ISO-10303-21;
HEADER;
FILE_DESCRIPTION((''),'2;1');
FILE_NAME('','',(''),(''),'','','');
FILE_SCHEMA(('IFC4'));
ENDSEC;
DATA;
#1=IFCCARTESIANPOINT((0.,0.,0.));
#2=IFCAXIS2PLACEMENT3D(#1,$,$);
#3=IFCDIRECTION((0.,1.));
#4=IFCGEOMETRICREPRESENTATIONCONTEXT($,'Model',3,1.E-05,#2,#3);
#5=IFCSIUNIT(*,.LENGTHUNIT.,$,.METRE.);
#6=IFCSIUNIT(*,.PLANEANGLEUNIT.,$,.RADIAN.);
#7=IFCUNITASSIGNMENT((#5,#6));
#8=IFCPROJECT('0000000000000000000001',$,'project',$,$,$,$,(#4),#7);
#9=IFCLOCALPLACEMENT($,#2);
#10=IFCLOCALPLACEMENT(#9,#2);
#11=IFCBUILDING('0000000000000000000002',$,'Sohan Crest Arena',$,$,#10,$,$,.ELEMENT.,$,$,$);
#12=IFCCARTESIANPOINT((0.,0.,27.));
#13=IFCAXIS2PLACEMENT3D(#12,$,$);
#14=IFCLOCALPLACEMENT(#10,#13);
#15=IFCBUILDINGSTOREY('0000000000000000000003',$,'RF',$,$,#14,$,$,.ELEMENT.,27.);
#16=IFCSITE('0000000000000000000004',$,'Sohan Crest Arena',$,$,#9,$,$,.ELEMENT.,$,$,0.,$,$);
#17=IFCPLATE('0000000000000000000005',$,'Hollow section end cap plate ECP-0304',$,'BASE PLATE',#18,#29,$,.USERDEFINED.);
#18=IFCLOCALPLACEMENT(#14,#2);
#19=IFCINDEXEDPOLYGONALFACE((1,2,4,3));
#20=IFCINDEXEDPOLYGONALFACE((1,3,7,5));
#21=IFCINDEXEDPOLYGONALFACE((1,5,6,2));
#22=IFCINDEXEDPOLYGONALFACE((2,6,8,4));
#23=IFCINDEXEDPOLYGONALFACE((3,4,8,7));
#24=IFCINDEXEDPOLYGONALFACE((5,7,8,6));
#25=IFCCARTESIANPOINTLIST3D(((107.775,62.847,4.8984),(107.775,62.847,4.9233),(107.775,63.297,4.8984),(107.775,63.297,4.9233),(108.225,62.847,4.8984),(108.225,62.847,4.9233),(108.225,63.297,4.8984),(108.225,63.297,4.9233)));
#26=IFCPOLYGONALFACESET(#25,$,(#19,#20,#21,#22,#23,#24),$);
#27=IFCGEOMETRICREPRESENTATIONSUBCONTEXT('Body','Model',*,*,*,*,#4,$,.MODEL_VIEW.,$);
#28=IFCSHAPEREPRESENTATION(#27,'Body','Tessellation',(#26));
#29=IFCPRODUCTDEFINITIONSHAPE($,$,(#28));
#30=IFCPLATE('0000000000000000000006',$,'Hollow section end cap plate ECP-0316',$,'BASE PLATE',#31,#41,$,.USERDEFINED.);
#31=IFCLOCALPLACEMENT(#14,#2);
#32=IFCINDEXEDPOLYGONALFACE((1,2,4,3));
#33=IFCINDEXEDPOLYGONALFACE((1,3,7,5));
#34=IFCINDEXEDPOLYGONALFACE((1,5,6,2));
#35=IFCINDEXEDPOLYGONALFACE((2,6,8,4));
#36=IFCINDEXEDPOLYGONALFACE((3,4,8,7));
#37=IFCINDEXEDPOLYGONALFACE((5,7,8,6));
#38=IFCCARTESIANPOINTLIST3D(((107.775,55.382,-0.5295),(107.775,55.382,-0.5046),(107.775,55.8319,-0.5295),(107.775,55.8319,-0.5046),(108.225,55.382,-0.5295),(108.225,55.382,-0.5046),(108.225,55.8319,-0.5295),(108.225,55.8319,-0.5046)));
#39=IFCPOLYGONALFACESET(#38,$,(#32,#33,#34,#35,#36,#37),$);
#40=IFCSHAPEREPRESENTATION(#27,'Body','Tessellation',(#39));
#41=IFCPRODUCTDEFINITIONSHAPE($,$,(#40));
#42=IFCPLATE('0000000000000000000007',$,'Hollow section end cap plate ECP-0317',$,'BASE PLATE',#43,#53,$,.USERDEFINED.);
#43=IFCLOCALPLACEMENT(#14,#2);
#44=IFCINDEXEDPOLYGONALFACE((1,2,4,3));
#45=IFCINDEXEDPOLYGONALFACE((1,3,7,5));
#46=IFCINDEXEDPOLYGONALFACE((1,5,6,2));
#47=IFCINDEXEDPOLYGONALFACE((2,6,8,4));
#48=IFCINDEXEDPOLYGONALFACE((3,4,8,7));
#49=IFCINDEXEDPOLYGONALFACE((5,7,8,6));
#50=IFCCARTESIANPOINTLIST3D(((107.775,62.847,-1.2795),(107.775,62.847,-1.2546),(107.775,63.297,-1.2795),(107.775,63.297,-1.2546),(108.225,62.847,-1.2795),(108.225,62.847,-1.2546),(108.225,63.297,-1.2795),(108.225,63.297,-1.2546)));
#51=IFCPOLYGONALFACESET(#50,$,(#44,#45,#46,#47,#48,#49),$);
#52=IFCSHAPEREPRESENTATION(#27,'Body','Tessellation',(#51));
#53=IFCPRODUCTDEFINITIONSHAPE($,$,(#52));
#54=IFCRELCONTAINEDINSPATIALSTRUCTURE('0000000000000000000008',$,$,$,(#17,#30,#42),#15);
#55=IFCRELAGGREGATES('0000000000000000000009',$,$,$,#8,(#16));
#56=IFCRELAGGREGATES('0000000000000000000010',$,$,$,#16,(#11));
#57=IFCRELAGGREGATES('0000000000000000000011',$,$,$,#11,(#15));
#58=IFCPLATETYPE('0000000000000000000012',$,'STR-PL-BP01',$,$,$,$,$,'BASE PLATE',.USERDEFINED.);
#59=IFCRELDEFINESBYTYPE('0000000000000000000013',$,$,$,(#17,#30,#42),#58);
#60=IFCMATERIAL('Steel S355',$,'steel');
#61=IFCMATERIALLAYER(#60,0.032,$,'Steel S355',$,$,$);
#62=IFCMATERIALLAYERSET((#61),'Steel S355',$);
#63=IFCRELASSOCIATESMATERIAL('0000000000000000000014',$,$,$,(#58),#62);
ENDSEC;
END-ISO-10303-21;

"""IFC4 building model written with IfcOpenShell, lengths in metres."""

from ifc_helpers import new_model, si_unit, direction, frame, origin, origin_2d, place, context, subcontext, project, spatial, rectangle, extrude, material, layer, layer_set, type_object, element, save


model = new_model("IFC4")

# Units and contexts
model_context = context("Model", 3, precision=1e-05, world=origin(), true_north=direction((0.0, 1.0)))
body_context = subcontext(model_context, "Body", "Model", "MODEL_VIEW")
ifc_project = project(units=[si_unit("LENGTHUNIT", "METRE"), si_unit("PLANEANGLEUNIT", "RADIAN")], contexts=[model_context])

# Site, building, storey
site_placement = place(None, origin())
site = spatial("IfcSite", under=ifc_project, at=site_placement, Name="Sohan Crest Arena", CompositionType="ELEMENT", RefElevation=0.0)
building_placement = place(site_placement, origin())
building = spatial("IfcBuilding", under=site, at=building_placement, Name="Sohan Crest Arena", CompositionType="ELEMENT")
storey_placement = place(building_placement, frame((0.0, 0.0, 27.0)))
storey = spatial("IfcBuildingStorey", under=building, at=storey_placement, Name="RF", CompositionType="ELEMENT", Elevation=27.0)

# Shared definitions
ifc_material_1 = material(Name="Steel S355", Category="steel")

# Plates
ifc_layer = layer(ifc_material_1, 0.032, Name="Steel S355")
ifc_layer_set = layer_set([ifc_layer], Name="Steel S355")
plate_type = type_object("IfcPlateType", Name="STR-PL-BP01", ElementType="BASE PLATE", PredefinedType="USERDEFINED", material=ifc_layer_set)
for number, where, z_axis, x_axis, name in (
    (1, (108.0, 63.072, 4.8984), (0.0, 0.0, 1.0), (1.0, 0.0, 0.0), "Hollow section end cap plate ECP-0304"),
    (2, (108.0, 55.6069, -0.5295), (0.0, 0.0, 1.0), (1.0, 0.0, 0.0), "Hollow section end cap plate ECP-0316"),
    (3, (108.0, 63.072, -1.2795), (0.0, 0.0, 1.0), (1.0, 0.0, 0.0), "Hollow section end cap plate ECP-0317"),
):
    element("IfcPlate", number, at=place(storey_placement, frame(where, z_axis=z_axis, x_axis=x_axis)), inside=storey, type_object=plate_type, Name=name, ObjectType="BASE PLATE", PredefinedType="USERDEFINED", context=body_context, shape_type="SweptSolid", body=[
        extrude(rectangle(XDim=0.45, YDim=0.45, at=origin_2d()), origin(), (0.0, 0.0, 1.0), 0.0249),
    ])

save(model, "model.ifc")
